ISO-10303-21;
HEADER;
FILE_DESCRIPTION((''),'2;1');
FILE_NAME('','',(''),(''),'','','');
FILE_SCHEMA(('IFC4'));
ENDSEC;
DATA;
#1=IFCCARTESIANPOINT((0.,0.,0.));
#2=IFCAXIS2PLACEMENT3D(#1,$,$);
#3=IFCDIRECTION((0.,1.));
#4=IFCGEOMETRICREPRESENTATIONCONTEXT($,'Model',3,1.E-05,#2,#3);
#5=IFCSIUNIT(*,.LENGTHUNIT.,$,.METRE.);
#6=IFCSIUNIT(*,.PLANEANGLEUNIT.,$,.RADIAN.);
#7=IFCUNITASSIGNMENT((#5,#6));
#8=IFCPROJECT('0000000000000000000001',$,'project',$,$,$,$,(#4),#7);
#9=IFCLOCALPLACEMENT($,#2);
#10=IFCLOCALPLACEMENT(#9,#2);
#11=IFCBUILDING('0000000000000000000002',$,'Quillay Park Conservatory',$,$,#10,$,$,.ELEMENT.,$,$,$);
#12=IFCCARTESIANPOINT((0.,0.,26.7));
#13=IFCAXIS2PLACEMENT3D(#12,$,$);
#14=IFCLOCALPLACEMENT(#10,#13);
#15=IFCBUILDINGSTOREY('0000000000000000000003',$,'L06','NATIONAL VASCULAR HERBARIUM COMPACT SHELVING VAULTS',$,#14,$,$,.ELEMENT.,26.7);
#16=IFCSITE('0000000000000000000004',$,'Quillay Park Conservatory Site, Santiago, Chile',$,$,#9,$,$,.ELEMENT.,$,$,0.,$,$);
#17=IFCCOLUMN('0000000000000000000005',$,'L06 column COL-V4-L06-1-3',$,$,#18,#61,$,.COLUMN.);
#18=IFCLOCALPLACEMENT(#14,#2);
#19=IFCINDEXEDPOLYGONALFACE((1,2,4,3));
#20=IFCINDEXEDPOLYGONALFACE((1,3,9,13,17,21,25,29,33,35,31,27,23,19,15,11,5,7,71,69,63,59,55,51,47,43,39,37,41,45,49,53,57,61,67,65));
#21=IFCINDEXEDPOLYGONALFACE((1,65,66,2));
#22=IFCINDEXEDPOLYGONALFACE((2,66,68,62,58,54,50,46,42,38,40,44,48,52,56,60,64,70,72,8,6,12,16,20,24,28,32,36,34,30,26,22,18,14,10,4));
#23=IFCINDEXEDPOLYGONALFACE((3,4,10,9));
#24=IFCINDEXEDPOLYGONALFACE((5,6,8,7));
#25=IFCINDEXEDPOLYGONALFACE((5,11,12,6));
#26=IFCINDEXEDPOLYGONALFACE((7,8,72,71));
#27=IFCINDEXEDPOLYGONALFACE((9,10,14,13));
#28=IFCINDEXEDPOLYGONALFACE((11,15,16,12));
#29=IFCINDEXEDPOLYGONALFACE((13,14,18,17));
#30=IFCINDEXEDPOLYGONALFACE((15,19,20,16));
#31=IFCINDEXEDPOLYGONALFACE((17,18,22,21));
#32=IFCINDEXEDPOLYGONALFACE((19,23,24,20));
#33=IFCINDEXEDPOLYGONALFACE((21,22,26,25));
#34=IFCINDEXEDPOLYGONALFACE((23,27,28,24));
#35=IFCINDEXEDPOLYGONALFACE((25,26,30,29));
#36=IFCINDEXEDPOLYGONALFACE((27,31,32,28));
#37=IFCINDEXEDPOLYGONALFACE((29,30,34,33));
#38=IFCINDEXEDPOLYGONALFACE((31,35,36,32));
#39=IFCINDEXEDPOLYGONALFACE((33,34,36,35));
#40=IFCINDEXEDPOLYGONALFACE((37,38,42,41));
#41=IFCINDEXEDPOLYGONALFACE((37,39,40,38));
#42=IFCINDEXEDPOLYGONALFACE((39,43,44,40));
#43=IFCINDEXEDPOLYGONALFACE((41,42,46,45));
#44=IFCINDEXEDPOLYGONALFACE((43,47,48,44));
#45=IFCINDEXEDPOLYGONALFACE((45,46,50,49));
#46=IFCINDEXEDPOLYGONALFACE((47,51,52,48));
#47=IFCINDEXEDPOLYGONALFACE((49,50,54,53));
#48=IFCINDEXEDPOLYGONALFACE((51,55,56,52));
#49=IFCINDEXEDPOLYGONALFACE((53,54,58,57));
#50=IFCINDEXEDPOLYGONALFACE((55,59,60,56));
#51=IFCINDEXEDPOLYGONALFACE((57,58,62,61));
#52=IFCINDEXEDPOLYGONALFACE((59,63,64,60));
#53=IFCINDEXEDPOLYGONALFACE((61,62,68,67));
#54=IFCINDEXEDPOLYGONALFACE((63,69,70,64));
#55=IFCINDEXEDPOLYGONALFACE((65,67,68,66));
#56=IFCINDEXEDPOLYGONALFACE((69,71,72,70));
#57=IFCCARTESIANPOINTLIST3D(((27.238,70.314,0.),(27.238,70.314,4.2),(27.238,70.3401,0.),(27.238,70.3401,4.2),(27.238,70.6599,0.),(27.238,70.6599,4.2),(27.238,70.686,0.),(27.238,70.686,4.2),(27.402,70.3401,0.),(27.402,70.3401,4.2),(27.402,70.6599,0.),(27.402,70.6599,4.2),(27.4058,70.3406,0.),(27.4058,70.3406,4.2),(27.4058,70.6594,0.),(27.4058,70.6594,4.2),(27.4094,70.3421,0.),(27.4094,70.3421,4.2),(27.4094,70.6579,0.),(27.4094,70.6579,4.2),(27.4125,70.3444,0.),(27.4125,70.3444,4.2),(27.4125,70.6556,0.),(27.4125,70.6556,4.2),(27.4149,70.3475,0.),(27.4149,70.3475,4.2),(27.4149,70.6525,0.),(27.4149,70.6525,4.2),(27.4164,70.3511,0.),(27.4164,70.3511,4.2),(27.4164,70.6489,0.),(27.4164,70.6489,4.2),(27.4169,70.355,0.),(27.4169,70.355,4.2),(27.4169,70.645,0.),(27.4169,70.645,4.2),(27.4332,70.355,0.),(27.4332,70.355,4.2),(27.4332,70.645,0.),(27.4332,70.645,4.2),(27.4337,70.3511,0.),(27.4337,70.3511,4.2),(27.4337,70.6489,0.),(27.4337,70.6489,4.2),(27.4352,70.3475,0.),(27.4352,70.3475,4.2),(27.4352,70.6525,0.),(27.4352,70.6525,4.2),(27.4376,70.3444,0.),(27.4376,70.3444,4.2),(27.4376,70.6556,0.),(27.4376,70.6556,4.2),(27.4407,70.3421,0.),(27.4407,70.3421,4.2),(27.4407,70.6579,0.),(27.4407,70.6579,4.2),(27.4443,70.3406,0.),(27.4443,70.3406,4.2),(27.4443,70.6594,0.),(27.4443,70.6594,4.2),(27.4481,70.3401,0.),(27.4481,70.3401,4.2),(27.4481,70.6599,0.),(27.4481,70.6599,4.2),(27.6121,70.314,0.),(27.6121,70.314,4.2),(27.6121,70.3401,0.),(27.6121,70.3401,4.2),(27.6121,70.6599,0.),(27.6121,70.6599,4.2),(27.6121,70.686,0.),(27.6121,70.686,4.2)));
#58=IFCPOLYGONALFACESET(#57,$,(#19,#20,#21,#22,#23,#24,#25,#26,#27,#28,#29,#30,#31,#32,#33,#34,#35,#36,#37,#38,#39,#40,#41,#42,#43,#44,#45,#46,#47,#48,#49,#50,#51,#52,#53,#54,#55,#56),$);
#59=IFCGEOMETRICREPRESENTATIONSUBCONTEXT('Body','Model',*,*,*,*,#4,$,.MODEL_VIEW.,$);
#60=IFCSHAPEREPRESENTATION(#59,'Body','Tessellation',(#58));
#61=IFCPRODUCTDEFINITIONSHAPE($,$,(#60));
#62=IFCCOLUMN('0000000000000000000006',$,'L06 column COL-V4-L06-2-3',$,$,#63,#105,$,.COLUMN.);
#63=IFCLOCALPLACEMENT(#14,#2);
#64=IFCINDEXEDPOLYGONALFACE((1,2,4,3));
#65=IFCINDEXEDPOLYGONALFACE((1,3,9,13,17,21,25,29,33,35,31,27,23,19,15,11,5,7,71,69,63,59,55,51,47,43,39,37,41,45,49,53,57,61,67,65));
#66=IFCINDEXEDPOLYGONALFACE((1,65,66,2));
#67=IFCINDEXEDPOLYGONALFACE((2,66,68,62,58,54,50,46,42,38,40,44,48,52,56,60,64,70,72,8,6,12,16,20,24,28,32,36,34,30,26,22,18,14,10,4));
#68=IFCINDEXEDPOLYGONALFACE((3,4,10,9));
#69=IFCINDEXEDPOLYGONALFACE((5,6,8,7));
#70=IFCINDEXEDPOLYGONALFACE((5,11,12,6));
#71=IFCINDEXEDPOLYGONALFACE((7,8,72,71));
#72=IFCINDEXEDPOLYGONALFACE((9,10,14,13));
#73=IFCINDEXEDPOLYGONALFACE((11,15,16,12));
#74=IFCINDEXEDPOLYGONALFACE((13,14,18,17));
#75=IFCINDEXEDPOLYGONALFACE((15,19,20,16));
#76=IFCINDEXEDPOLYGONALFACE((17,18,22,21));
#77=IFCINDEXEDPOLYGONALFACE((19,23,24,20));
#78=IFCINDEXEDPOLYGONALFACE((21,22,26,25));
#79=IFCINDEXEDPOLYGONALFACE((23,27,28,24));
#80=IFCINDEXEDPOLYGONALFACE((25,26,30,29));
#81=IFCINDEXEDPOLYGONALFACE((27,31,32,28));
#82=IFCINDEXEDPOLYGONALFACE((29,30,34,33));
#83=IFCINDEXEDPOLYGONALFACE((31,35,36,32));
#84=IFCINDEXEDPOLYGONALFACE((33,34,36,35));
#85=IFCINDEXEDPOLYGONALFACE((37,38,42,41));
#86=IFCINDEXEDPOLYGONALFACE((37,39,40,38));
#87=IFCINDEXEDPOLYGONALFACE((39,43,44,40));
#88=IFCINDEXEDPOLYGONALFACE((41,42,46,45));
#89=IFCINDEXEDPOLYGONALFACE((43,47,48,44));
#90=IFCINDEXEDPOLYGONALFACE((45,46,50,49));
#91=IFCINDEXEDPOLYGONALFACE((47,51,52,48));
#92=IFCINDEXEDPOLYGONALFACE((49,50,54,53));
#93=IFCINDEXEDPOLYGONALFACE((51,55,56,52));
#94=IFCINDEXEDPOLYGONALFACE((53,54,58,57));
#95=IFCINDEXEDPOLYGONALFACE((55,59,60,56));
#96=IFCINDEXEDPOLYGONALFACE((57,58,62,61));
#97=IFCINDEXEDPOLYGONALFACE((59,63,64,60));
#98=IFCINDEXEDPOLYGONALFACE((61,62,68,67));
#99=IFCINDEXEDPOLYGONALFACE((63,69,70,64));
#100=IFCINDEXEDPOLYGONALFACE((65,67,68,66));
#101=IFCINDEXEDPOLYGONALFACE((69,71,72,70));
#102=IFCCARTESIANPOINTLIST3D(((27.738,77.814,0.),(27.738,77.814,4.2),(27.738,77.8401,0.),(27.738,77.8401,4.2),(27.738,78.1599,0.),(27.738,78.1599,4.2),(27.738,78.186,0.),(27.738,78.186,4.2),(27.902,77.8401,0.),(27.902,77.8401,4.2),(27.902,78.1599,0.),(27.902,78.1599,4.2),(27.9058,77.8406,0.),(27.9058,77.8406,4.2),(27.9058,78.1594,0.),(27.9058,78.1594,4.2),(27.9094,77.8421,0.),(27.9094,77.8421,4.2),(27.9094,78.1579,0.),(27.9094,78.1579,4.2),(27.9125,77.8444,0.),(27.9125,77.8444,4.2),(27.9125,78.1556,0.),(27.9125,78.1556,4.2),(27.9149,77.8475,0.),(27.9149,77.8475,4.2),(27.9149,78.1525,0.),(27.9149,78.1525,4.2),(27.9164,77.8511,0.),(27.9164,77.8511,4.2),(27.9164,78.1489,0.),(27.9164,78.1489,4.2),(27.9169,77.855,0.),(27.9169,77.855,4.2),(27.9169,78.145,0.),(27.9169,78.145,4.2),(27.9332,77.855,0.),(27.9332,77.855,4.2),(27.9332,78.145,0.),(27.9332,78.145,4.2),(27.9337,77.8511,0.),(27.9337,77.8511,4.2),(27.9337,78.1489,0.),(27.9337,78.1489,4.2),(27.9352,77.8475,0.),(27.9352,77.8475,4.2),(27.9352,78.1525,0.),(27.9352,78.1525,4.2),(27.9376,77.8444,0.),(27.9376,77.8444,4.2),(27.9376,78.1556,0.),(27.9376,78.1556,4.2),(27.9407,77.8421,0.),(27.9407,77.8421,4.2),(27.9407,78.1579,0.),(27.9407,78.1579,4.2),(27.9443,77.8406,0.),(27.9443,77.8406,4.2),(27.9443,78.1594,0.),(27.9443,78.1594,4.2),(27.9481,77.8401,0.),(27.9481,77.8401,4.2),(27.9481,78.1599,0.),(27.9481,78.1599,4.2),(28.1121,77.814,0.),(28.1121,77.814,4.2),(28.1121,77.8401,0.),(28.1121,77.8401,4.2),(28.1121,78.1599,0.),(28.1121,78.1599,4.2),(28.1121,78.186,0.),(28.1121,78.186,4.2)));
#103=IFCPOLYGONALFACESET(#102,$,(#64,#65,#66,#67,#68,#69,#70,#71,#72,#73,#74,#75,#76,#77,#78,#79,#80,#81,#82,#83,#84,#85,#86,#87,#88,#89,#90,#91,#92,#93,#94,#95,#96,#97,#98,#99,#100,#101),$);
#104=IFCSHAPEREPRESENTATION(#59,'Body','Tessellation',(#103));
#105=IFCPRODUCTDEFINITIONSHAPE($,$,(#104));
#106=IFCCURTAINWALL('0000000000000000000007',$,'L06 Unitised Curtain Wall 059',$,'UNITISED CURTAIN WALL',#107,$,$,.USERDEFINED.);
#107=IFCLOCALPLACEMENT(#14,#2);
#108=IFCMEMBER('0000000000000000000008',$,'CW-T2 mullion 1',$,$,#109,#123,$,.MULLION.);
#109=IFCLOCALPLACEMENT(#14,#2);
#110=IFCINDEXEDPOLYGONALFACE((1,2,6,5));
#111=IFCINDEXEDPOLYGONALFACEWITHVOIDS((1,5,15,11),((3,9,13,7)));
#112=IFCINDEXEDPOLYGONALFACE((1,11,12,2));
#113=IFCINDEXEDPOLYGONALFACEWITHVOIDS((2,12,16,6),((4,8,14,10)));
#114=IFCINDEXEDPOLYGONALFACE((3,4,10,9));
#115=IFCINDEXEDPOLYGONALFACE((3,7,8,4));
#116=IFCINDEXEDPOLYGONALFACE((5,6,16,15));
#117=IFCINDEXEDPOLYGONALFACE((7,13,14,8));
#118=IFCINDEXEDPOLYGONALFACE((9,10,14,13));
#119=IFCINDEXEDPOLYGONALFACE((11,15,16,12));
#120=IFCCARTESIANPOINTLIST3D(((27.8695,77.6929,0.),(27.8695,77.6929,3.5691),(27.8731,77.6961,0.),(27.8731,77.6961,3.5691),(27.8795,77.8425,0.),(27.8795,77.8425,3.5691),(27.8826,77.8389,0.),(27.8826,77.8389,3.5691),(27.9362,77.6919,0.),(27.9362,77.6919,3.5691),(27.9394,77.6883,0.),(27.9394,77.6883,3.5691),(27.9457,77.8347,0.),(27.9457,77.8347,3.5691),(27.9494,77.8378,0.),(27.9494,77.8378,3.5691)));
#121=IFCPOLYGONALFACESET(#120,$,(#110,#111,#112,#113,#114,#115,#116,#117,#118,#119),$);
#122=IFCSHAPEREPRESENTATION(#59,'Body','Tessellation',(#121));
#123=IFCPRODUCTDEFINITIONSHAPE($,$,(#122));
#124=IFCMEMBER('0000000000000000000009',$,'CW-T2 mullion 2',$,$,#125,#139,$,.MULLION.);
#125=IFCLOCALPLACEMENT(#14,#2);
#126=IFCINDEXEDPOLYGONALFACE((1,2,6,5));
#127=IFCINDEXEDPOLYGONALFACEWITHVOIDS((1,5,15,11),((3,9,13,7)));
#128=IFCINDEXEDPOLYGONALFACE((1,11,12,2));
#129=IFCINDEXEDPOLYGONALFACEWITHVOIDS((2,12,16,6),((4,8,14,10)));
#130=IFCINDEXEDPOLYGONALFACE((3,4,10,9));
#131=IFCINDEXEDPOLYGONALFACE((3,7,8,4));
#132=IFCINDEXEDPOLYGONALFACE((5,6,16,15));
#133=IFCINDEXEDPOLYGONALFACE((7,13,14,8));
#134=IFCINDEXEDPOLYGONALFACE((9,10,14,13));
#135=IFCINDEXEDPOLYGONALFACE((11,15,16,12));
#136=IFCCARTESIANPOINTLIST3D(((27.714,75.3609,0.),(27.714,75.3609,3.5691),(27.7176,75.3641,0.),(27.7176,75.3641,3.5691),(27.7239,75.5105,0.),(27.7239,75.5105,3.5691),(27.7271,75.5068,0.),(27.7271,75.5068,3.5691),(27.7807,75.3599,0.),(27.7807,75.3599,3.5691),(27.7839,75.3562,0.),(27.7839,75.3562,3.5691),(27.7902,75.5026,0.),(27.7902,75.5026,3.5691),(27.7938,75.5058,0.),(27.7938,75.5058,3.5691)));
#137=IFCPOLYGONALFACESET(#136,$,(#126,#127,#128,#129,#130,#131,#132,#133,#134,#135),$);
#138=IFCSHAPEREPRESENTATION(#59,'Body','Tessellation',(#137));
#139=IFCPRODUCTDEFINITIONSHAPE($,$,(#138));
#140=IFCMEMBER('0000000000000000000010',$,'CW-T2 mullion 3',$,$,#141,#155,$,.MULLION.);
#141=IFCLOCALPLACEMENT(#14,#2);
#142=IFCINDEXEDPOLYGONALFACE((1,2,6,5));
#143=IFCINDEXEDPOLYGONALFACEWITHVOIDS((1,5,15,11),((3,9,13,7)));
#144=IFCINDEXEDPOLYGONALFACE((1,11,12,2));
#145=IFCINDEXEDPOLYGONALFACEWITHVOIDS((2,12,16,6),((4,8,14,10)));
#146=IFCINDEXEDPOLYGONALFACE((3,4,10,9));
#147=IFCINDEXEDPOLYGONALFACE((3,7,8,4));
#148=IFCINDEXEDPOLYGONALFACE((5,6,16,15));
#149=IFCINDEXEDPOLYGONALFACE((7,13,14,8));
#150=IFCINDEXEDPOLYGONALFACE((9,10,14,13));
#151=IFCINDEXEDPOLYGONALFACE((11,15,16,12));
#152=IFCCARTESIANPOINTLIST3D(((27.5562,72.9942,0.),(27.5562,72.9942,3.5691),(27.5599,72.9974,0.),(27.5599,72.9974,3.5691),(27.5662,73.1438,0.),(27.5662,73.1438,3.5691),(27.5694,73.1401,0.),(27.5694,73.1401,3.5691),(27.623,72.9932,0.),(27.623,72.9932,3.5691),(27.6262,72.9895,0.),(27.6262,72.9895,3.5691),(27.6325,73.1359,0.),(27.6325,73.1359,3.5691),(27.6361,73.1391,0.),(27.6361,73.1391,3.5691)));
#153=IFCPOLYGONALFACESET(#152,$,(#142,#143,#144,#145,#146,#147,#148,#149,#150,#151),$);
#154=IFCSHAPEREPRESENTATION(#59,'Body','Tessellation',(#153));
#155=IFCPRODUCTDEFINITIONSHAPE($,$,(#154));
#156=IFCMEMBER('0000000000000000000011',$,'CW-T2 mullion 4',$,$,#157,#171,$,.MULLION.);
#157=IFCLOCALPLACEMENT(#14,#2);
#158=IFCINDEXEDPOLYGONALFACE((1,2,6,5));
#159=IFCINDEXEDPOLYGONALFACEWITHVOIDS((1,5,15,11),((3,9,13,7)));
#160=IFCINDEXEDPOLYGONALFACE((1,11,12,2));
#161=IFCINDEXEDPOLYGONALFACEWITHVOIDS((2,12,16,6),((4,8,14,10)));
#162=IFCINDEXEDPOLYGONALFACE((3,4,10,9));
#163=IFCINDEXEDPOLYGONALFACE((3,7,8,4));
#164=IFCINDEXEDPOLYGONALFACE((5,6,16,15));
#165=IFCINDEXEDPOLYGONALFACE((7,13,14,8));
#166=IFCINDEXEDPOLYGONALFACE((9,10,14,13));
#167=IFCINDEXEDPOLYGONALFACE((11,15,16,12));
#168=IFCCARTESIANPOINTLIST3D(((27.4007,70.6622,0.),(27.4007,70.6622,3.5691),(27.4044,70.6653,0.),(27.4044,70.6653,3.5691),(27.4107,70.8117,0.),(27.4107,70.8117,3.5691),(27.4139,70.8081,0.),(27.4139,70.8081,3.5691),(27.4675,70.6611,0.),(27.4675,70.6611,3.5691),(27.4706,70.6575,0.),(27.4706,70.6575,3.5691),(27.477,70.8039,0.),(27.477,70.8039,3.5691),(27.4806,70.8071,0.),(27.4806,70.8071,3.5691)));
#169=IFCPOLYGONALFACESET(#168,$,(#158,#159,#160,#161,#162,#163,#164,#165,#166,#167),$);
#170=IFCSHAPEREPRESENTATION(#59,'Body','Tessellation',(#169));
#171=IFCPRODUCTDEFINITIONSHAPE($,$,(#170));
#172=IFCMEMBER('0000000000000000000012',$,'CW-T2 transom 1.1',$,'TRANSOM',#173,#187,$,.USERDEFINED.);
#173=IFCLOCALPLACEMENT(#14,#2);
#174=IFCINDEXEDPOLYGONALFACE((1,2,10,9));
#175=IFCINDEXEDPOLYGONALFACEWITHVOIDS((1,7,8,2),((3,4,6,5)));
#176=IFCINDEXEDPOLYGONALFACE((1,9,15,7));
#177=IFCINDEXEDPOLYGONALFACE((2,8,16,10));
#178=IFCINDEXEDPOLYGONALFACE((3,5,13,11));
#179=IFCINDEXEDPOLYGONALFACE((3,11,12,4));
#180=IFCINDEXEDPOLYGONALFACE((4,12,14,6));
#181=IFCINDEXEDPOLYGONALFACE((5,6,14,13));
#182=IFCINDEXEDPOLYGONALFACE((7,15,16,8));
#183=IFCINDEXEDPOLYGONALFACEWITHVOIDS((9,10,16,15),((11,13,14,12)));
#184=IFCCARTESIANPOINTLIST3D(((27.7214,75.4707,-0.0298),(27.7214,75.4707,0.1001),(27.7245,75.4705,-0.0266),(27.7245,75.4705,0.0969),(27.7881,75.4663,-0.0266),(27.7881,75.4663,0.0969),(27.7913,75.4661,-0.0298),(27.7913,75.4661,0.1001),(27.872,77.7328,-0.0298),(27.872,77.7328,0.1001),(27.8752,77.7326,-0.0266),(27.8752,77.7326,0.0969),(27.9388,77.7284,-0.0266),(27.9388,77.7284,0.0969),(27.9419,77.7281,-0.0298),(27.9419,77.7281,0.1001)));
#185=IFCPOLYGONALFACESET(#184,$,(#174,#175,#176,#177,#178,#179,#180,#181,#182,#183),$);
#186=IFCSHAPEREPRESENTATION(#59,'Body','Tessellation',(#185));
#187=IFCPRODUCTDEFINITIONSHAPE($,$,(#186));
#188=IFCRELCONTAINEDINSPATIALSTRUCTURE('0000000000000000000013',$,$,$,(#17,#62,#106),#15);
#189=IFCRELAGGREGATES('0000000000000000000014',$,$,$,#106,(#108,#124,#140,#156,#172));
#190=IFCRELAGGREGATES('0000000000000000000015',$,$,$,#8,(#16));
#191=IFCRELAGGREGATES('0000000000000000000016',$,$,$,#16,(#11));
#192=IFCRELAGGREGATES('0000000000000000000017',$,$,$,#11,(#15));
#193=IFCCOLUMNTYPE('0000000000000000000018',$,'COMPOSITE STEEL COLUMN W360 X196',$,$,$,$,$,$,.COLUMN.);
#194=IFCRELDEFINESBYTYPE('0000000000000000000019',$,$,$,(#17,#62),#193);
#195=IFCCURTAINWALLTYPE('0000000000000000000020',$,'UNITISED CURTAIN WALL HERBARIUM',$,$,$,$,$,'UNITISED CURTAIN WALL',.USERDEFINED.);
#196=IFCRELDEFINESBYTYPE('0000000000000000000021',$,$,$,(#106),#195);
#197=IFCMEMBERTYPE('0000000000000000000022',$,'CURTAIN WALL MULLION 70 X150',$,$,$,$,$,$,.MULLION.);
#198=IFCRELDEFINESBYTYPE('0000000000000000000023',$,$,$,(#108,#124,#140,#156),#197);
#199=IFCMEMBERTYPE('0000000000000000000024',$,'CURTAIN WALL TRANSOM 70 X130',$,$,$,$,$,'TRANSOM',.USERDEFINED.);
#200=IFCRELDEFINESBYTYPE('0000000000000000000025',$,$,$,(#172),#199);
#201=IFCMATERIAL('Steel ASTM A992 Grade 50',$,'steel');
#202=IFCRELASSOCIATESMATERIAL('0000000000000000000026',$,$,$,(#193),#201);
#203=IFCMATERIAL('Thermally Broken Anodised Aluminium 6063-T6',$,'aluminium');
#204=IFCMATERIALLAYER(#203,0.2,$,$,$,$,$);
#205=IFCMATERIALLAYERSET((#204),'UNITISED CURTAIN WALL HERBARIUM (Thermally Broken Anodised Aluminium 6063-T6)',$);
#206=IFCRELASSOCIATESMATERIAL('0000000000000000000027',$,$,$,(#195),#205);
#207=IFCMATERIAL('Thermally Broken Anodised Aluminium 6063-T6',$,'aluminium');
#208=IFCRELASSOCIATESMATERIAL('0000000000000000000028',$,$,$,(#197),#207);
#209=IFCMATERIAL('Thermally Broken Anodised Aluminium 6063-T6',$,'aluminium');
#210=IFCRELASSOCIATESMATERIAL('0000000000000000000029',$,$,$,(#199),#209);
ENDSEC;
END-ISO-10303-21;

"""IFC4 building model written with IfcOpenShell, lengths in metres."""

from ifc_helpers import new_model, si_unit, direction, frame, origin, origin_2d, place, context, subcontext, project, spatial, hollow_rectangle, i_section, extrude, material, layer, layer_set, material_profile, profile_set, type_object, element, aggregate, save


model = new_model("IFC4")

# Units and contexts
model_context = context("Model", 3, precision=1e-05, world=origin(), true_north=direction((0.0, 1.0)))
body_context = subcontext(model_context, "Body", "Model", "MODEL_VIEW")
ifc_project = project(units=[si_unit("LENGTHUNIT", "METRE"), si_unit("PLANEANGLEUNIT", "RADIAN")], contexts=[model_context])

# Site, building, storey
site_placement = place(None, origin())
site = spatial("IfcSite", under=ifc_project, at=site_placement, Name="Quillay Park Conservatory Site, Santiago, Chile", CompositionType="ELEMENT", RefElevation=0.0)
building_placement = place(site_placement, origin())
building = spatial("IfcBuilding", under=site, at=building_placement, Name="Quillay Park Conservatory", CompositionType="ELEMENT")
storey_placement = place(building_placement, frame((0.0, 0.0, 26.7)))
storey = spatial("IfcBuildingStorey", under=building, at=storey_placement, Name="L06", Description="NATIONAL VASCULAR HERBARIUM COMPACT SHELVING VAULTS", CompositionType="ELEMENT", Elevation=26.7)

# Columns
ifc_material_1 = material(Name="Steel ASTM A992 Grade 50", Category="steel")
ifc_material_profile_1 = material_profile(ifc_material_1, i_section(OverallWidth=0.374, OverallDepth=0.3721, WebThickness=0.0164, FlangeThickness=0.0261, FilletRadius=0.0149, at=origin_2d()), Name="W360x196")
ifc_profile_set_1 = profile_set([ifc_material_profile_1], Name="Steel ASTM A992 Grade 50")
column_type = type_object("IfcColumnType", Name="COMPOSITE STEEL COLUMN W360 X196", PredefinedType="COLUMN", material=ifc_profile_set_1)
for number, where, z_axis, x_axis, name in (
    (1, (27.425, 70.5, 0.0), (0.0, 0.0, 1.0), (1.0, 0.0, 0.0), "L06 column COL-V4-L06-1-3"),
    (2, (27.925, 78.0, 0.0), (0.0, 0.0, 1.0), (1.0, 0.0, 0.0), "L06 column COL-V4-L06-2-3"),
):
    element("IfcColumn", number, at=place(storey_placement, frame(where, z_axis=z_axis, x_axis=x_axis)), inside=storey, type_object=column_type, Name=name, PredefinedType="COLUMN", context=body_context, shape_type="SweptSolid", body=[
        extrude(i_section(OverallWidth=0.374, OverallDepth=0.3721, WebThickness=0.0164, FlangeThickness=0.0261, FilletRadius=0.0149, at=origin_2d()), origin(), (0.0, 0.0, 1.0), 4.2),
    ])

# Curtain wall, members
ifc_material_2 = material(Name="Thermally Broken Anodised Aluminium 6063-T6", Category="aluminium")
ifc_layer_1 = layer(ifc_material_2, 0.2)
ifc_layer_set_1 = layer_set([ifc_layer_1], Name="UNITISED CURTAIN WALL HERBARIUM (Thermally Broken Anodised Aluminium 6063-T6)")
curtain_wall_type = type_object("IfcCurtainWallType", Name="UNITISED CURTAIN WALL HERBARIUM", ElementType="UNITISED CURTAIN WALL", PredefinedType="USERDEFINED", material=ifc_layer_set_1)
curtain_wall_placement = place(storey_placement, origin())
curtain_wall = element("IfcCurtainWall", 3, at=curtain_wall_placement, inside=storey, type_object=curtain_wall_type, Name="L06 Unitised Curtain Wall 059", ObjectType="UNITISED CURTAIN WALL", PredefinedType="USERDEFINED")
ifc_material_3 = material(Name="Thermally Broken Anodised Aluminium 6063-T6", Category="aluminium")
ifc_material_profile_2 = material_profile(ifc_material_3, hollow_rectangle(XDim=0.0701, YDim=0.1499, WallThickness=0.0034, at=origin_2d()), Name="AL70x150x3.5")
ifc_profile_set_2 = profile_set([ifc_material_profile_2], Name="Thermally Broken Anodised Aluminium 6063-T6")
member_type_1 = type_object("IfcMemberType", Name="CURTAIN WALL MULLION 70 X150", PredefinedType="MULLION", material=ifc_profile_set_2)
member_1_placement = place(storey_placement, frame((27.9094, 77.7654, 0.0), z_axis=(0.0, 0.0, 1.0), x_axis=(0.997785, -0.066521, 0.0)))
member_1 = element("IfcMember", 4, at=member_1_placement, type_object=member_type_1, Name="CW-T2 mullion 1", PredefinedType="MULLION", context=body_context, shape_type="SweptSolid", body=[
    extrude(hollow_rectangle(XDim=0.0701, YDim=0.1499, WallThickness=0.0034, at=origin_2d()), origin(), (0.0, 0.0, 1.0), 3.5691),
])
member_2_placement = place(storey_placement, frame((27.7539, 75.4333, 0.0), z_axis=(0.0, 0.0, 1.0), x_axis=(0.997785, -0.066521, 0.0)))
member_2 = element("IfcMember", 5, at=member_2_placement, type_object=member_type_1, Name="CW-T2 mullion 2", PredefinedType="MULLION", context=body_context, shape_type="SweptSolid", body=[
    extrude(hollow_rectangle(XDim=0.0701, YDim=0.1499, WallThickness=0.0034, at=origin_2d()), origin(), (0.0, 0.0, 1.0), 3.5691),
])
member_3_placement = place(storey_placement, frame((27.5962, 73.0667, 0.0), z_axis=(0.0, 0.0, 1.0), x_axis=(0.997785, -0.066521, 0.0)))
member_3 = element("IfcMember", 6, at=member_3_placement, type_object=member_type_1, Name="CW-T2 mullion 3", PredefinedType="MULLION", context=body_context, shape_type="SweptSolid", body=[
    extrude(hollow_rectangle(XDim=0.0701, YDim=0.1499, WallThickness=0.0034, at=origin_2d()), origin(), (0.0, 0.0, 1.0), 3.5691),
])
member_4_placement = place(storey_placement, frame((27.4407, 70.7346, 0.0), z_axis=(0.0, 0.0, 1.0), x_axis=(0.997785, -0.066521, 0.0)))
member_4 = element("IfcMember", 7, at=member_4_placement, type_object=member_type_1, Name="CW-T2 mullion 4", PredefinedType="MULLION", context=body_context, shape_type="SweptSolid", body=[
    extrude(hollow_rectangle(XDim=0.0701, YDim=0.1499, WallThickness=0.0034, at=origin_2d()), origin(), (0.0, 0.0, 1.0), 3.5691),
])
ifc_material_4 = material(Name="Thermally Broken Anodised Aluminium 6063-T6", Category="aluminium")
ifc_material_profile_3 = material_profile(ifc_material_4, hollow_rectangle(XDim=0.0701, YDim=0.1299, WallThickness=0.0032, at=origin_2d()), Name="AL70x130x3.2")
ifc_profile_set_3 = profile_set([ifc_material_profile_3], Name="Thermally Broken Anodised Aluminium 6063-T6")
member_type_2 = type_object("IfcMemberType", Name="CURTAIN WALL TRANSOM 70 X130", ElementType="TRANSOM", PredefinedType="USERDEFINED", material=ifc_profile_set_3)
member_5_placement = place(storey_placement, frame((27.907, 77.7305, 0.0352), z_axis=(-0.066448, -0.99779, 0.0), x_axis=(0.99779, -0.066448, 0.0)))
member_5 = element("IfcMember", 8, at=member_5_placement, type_object=member_type_2, Name="CW-T2 transom 1.1", ObjectType="TRANSOM", PredefinedType="USERDEFINED", context=body_context, shape_type="SweptSolid", body=[
    extrude(hollow_rectangle(XDim=0.0701, YDim=0.1299, WallThickness=0.0032, at=origin_2d()), origin(), (0.0, 0.0, 1.0), 2.2671),
])

aggregate(curtain_wall, [member_1, member_2, member_3, member_4, member_5])

save(model, "model.ifc")
